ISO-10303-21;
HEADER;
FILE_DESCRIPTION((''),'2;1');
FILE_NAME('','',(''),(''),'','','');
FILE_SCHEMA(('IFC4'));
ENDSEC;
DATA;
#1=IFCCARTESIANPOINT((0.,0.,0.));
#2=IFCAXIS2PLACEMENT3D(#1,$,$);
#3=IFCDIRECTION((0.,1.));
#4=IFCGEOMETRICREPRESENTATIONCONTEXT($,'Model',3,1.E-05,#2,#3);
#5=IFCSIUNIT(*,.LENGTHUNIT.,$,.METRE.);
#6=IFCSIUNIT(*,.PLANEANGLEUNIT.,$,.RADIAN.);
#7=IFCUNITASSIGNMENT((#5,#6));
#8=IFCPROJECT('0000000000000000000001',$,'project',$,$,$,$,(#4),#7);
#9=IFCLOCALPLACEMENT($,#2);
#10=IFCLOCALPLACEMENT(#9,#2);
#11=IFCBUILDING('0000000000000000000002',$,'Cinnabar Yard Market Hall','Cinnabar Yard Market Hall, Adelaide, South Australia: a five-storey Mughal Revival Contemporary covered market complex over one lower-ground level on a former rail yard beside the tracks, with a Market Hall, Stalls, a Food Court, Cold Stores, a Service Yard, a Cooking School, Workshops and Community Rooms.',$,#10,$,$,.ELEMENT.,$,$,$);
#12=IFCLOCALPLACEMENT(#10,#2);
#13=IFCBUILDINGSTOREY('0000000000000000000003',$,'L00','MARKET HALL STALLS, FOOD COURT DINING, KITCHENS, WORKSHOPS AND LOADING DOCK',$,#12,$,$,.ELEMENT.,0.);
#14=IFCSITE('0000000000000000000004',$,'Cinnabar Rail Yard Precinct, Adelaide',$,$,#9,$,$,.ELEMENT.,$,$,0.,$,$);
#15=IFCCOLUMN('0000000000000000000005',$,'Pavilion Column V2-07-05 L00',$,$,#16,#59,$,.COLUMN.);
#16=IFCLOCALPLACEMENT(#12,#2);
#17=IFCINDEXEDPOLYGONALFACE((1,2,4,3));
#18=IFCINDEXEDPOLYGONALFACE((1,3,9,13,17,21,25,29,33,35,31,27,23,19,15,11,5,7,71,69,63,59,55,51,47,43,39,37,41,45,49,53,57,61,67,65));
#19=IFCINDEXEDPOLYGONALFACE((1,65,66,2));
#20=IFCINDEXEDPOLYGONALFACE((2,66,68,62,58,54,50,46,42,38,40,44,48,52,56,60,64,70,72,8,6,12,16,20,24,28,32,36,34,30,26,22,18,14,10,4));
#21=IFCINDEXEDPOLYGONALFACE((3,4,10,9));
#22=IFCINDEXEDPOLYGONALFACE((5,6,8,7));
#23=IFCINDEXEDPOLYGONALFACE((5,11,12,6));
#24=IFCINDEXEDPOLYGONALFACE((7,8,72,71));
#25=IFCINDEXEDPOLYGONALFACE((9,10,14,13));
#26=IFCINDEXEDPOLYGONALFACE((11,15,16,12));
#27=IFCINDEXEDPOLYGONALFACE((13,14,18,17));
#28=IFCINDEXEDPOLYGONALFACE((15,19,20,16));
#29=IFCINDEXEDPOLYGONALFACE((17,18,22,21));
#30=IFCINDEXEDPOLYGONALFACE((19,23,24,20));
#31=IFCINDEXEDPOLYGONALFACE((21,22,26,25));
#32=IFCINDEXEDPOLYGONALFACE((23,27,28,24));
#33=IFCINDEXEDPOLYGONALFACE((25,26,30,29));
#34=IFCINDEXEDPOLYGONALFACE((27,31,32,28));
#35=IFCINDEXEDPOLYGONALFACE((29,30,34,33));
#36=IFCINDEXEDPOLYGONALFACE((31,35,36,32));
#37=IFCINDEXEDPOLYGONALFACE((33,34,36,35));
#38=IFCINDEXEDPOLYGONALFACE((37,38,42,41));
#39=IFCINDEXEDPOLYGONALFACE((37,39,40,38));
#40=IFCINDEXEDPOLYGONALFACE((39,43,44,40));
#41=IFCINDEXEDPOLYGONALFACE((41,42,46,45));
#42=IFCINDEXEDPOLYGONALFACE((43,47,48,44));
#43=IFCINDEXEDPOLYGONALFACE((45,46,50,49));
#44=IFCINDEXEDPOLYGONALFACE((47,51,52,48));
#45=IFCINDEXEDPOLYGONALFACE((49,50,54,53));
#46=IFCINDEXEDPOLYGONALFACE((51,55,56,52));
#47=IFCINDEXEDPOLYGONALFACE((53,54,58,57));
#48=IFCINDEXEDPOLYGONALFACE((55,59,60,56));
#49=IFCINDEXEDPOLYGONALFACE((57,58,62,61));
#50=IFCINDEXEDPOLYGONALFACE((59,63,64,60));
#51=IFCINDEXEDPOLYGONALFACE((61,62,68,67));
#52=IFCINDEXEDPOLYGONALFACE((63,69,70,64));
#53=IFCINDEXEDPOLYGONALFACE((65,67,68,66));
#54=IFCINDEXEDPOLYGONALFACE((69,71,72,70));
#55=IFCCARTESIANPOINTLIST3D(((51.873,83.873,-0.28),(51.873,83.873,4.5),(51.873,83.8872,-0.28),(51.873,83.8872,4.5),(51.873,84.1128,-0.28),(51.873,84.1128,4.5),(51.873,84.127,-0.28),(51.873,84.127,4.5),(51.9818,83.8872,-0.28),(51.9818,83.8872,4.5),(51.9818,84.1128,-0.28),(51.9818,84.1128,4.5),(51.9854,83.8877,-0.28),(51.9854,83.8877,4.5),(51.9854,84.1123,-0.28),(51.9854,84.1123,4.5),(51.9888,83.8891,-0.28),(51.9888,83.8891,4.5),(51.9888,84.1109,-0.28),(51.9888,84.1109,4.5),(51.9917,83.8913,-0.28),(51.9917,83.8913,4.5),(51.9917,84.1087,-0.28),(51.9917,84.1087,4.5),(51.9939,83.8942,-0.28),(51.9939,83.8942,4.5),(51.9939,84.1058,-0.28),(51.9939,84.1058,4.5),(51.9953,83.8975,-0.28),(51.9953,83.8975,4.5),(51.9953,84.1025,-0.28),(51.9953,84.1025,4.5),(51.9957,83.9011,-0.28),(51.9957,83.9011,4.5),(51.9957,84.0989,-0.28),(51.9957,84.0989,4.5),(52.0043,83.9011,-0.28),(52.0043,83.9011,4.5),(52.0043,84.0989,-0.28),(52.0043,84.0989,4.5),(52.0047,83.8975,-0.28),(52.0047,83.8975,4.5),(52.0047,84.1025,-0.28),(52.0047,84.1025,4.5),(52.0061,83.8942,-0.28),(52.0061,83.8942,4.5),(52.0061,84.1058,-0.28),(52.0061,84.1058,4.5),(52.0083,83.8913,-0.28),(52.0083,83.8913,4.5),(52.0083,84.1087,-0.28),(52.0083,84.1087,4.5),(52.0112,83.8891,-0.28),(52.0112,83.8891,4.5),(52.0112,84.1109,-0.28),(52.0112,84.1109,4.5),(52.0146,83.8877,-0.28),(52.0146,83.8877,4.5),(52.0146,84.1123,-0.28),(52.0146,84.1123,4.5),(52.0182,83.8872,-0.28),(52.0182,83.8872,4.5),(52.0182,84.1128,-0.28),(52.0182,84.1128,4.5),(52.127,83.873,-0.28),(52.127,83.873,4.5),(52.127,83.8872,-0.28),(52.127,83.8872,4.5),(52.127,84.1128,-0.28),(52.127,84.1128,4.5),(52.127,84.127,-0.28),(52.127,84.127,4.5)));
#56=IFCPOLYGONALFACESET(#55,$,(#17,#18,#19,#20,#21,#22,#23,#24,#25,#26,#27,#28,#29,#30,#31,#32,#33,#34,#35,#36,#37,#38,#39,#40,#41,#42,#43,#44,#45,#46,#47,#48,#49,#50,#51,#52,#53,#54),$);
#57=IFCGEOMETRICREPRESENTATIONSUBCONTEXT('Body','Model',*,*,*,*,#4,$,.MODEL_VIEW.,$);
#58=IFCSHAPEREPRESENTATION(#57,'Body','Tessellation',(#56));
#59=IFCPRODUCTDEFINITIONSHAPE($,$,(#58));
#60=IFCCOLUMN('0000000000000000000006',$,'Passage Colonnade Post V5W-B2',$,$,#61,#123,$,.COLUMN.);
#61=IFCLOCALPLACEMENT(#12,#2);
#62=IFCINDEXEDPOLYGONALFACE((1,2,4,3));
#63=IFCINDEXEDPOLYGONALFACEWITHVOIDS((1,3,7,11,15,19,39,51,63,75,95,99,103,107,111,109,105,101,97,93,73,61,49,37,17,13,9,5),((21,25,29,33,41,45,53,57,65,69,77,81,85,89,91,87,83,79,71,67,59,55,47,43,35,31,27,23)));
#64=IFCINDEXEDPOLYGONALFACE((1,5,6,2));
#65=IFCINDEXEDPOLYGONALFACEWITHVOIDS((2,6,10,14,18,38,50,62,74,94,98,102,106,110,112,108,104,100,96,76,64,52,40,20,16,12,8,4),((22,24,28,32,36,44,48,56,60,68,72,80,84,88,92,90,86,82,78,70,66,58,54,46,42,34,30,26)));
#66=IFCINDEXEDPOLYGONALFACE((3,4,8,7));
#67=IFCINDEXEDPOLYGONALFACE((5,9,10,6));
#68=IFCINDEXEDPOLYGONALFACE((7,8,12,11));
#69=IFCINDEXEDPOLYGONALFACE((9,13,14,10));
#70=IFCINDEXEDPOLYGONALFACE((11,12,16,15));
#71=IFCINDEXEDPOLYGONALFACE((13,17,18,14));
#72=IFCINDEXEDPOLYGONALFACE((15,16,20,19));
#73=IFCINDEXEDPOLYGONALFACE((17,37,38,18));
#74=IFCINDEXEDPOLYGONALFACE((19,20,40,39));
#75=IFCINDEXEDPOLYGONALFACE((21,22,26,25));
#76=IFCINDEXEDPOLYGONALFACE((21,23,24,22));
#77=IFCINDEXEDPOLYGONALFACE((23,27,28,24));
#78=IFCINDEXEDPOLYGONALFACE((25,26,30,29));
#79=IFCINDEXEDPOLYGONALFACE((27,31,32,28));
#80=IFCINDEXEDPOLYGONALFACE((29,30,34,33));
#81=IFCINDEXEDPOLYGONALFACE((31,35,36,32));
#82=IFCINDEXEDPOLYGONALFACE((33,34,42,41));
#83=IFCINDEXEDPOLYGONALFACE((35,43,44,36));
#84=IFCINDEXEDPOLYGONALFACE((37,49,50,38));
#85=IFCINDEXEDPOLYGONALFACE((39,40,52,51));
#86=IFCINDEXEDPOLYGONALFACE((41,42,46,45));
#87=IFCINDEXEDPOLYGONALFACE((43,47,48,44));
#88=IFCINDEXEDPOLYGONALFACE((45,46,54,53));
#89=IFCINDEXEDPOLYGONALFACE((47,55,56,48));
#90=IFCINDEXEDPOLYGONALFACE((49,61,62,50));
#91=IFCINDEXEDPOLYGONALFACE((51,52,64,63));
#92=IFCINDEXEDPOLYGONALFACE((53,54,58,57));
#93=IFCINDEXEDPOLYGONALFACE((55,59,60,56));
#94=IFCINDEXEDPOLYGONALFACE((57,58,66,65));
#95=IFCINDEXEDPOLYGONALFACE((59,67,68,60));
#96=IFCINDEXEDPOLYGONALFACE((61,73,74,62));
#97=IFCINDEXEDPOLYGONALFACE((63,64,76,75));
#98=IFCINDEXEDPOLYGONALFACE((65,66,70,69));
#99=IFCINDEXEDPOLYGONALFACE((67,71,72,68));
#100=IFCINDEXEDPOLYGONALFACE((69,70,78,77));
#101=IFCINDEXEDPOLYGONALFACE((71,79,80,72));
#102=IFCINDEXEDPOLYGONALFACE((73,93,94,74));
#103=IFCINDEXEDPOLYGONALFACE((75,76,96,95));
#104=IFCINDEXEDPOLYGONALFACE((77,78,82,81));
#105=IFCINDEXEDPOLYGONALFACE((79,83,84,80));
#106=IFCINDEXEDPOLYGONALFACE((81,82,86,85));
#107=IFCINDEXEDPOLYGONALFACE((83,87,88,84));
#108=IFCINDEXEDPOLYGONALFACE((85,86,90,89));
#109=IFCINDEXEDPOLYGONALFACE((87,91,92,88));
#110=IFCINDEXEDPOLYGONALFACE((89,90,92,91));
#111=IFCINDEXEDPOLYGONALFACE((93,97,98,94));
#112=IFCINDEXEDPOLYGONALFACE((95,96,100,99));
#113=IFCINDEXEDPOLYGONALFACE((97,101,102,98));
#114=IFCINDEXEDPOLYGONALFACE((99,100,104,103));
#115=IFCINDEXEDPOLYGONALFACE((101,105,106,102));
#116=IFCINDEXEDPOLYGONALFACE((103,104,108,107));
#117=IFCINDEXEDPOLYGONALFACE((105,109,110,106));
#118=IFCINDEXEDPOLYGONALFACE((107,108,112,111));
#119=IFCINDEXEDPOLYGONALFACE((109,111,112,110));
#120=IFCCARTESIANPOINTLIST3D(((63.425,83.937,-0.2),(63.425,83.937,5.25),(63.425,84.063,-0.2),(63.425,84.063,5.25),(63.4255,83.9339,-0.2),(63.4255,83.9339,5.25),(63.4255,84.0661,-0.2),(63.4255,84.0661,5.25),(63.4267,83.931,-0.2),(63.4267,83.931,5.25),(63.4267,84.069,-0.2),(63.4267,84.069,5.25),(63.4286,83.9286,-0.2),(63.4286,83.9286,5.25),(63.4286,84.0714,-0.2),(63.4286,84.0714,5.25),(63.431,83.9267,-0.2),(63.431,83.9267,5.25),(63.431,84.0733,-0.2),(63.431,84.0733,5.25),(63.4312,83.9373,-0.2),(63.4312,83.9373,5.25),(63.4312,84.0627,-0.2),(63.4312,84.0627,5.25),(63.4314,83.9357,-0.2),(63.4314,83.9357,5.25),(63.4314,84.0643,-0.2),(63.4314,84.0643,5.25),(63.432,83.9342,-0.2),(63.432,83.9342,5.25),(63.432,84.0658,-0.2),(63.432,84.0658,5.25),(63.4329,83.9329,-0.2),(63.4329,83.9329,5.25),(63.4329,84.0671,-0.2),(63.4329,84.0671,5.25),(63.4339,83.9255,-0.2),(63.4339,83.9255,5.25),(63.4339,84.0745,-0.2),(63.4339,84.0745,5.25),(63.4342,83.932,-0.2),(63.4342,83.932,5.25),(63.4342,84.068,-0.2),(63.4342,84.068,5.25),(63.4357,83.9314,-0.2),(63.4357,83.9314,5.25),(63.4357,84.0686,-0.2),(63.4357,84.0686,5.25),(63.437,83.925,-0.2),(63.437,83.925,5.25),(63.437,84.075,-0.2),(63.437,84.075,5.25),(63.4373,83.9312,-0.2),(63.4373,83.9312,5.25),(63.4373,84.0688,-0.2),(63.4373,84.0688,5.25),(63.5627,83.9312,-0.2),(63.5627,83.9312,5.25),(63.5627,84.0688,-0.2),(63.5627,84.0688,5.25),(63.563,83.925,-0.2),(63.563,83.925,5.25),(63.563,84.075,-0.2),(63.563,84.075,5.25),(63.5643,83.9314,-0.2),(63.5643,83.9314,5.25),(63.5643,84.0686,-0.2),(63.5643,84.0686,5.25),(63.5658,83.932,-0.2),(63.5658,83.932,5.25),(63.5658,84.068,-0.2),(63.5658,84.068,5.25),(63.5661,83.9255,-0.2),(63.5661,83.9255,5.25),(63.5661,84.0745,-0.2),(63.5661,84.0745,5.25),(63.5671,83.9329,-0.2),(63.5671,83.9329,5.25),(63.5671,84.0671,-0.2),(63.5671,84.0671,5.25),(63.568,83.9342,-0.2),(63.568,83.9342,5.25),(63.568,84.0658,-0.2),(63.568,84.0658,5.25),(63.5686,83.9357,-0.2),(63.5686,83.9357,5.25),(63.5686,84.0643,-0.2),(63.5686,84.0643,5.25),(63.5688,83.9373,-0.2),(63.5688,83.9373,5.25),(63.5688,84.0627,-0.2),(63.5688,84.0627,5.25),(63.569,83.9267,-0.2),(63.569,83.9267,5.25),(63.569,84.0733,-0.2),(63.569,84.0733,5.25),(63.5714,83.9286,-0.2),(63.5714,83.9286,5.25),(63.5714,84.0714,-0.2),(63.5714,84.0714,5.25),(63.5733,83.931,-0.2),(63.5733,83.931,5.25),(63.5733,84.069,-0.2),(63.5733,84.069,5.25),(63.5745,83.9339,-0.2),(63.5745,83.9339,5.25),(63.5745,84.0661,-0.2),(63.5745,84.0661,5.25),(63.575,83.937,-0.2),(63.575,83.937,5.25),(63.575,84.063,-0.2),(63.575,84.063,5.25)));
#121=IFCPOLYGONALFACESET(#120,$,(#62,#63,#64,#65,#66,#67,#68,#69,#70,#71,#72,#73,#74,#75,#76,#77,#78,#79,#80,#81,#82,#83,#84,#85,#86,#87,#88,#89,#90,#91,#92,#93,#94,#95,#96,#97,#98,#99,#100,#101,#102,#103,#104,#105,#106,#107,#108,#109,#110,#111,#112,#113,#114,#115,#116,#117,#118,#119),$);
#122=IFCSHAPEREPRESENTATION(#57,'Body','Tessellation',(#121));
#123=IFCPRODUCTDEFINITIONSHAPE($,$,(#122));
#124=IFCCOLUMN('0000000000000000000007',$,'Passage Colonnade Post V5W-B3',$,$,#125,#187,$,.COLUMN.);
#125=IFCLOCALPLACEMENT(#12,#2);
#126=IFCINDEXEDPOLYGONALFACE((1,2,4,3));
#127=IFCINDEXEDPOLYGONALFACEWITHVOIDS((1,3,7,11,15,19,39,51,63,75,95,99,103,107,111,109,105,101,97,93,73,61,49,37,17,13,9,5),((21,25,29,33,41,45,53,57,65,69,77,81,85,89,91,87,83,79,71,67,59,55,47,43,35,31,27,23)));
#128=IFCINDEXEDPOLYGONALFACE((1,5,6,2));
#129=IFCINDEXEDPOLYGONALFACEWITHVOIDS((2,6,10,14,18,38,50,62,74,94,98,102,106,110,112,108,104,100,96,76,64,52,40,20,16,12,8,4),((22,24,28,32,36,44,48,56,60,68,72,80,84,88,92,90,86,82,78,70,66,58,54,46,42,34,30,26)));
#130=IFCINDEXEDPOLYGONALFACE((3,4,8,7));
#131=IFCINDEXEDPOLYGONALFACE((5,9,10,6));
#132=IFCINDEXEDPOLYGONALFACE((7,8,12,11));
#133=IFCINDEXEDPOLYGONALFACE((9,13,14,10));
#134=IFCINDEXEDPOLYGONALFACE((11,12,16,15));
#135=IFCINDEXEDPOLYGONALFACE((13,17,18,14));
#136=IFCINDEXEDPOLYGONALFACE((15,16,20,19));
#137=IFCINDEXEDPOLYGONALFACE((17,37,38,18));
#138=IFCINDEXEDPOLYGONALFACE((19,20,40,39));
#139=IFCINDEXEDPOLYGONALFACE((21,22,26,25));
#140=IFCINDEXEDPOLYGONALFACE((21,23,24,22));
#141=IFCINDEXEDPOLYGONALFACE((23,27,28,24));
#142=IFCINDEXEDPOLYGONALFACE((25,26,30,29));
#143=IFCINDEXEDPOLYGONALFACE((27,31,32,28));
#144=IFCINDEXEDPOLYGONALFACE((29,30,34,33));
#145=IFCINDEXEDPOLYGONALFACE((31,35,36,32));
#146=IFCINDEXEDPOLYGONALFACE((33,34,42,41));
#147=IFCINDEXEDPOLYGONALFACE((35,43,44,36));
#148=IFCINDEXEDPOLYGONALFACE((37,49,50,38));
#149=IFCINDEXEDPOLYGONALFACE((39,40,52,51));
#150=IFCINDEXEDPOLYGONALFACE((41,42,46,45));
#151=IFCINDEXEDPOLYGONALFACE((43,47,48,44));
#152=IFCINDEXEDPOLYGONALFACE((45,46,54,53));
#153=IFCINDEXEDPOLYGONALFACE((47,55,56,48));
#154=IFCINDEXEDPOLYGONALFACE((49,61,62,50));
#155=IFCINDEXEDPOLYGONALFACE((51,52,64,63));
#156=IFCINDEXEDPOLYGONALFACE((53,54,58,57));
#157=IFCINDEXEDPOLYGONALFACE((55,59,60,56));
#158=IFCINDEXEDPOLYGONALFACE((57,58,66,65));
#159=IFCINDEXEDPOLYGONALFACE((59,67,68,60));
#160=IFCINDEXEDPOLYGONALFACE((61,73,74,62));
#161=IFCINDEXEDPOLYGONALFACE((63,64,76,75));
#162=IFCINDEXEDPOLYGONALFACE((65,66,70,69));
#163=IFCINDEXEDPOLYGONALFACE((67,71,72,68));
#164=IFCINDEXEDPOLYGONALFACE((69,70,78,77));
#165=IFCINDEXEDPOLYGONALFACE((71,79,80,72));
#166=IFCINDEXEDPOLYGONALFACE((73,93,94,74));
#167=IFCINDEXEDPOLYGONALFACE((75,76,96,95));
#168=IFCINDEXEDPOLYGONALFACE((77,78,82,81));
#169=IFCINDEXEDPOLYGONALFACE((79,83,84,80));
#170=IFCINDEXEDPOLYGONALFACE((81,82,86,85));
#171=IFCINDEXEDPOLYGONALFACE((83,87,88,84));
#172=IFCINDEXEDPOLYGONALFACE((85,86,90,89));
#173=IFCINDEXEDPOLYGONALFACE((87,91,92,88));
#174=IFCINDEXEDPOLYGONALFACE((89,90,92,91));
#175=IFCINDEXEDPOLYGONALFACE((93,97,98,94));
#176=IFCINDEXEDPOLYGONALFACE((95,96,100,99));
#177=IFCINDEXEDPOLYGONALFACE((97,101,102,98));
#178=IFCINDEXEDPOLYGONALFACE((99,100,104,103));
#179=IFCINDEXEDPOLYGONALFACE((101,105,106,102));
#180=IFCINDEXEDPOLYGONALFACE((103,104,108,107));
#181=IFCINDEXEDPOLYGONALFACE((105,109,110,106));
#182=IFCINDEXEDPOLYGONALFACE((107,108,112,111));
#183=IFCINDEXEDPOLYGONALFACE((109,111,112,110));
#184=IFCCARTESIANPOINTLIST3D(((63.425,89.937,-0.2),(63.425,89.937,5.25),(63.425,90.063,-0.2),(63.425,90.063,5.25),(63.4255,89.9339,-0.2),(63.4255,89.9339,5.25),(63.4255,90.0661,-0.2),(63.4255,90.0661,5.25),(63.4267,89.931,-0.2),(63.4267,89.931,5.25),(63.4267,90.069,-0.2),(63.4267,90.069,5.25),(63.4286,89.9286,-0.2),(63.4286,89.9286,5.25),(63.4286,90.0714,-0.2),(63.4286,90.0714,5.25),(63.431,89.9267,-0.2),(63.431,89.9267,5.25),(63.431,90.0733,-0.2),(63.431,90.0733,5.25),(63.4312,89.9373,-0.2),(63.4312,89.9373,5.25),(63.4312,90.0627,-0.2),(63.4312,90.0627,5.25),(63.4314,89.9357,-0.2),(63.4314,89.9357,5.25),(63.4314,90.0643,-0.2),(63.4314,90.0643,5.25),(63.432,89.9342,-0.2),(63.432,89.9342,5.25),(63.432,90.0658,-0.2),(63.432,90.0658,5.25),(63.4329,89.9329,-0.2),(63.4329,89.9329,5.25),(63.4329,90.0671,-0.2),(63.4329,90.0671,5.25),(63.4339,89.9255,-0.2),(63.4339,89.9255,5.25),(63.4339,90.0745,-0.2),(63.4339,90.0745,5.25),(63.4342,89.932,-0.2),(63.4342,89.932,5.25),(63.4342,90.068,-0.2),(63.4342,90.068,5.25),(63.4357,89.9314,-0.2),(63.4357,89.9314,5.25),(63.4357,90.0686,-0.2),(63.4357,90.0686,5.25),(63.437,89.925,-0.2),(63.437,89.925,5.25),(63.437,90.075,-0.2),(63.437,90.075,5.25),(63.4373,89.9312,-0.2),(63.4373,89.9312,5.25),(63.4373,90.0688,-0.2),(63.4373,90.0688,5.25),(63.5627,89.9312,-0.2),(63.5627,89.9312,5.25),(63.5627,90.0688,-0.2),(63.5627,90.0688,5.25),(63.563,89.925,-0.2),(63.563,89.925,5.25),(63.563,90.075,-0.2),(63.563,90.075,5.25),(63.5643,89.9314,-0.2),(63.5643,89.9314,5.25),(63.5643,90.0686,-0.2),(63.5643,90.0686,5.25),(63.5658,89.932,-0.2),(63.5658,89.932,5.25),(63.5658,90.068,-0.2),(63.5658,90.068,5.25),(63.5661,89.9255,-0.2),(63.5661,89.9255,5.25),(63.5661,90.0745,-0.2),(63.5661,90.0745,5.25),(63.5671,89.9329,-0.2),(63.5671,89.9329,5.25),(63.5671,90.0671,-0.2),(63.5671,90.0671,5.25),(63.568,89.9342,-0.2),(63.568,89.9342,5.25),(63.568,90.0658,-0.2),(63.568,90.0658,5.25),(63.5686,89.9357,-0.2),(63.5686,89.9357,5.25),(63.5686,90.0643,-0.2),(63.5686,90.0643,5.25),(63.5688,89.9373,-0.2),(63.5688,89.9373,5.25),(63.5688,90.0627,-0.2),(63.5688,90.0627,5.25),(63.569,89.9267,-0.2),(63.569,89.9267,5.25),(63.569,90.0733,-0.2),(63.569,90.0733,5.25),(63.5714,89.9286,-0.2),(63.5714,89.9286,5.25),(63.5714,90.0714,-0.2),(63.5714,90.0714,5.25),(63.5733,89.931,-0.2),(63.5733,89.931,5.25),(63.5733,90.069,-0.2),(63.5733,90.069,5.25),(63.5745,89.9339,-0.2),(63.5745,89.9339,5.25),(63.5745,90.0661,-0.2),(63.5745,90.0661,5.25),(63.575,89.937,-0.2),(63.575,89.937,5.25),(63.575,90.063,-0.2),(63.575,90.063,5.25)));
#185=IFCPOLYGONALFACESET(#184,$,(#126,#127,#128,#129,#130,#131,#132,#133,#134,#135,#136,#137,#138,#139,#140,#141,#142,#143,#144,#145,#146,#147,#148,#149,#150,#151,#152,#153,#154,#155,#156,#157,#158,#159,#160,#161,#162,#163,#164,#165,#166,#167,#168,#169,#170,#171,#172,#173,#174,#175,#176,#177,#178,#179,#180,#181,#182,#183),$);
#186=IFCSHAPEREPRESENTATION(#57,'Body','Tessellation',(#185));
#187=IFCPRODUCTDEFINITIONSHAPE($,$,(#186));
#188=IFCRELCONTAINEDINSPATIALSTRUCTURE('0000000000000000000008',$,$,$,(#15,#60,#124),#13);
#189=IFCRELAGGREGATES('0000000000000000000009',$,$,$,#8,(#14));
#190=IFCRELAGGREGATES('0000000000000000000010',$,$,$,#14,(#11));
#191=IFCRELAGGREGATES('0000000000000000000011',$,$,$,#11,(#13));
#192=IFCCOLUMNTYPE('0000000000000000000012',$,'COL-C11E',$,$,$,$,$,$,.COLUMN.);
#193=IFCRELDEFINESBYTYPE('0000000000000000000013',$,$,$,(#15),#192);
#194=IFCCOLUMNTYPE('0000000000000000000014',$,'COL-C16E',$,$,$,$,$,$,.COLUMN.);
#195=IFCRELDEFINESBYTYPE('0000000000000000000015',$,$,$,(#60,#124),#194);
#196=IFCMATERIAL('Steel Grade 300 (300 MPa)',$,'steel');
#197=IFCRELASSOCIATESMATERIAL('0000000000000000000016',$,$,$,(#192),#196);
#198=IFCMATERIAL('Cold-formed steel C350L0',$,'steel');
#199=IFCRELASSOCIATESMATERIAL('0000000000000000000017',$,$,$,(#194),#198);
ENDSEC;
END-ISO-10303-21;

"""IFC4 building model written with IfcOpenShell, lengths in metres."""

from ifc_helpers import new_model, si_unit, direction, frame, origin, origin_2d_with_axis, place, context, subcontext, project, spatial, hollow_rectangle, i_section, extrude, material, material_profile, profile_set, type_object, element, save


model = new_model("IFC4")

# Units and contexts
model_context = context("Model", 3, precision=1e-05, world=origin(), true_north=direction((0.0, 1.0)))
body_context = subcontext(model_context, "Body", "Model", "MODEL_VIEW")
ifc_project = project(units=[si_unit("LENGTHUNIT", "METRE"), si_unit("PLANEANGLEUNIT", "RADIAN")], contexts=[model_context])

# Site, building, storey
site_placement = place(None, origin())
site = spatial("IfcSite", under=ifc_project, at=site_placement, Name="Cinnabar Rail Yard Precinct, Adelaide", CompositionType="ELEMENT", RefElevation=0.0)
building_placement = place(site_placement, origin())
building = spatial("IfcBuilding", under=site, at=building_placement, Name="Cinnabar Yard Market Hall", Description="Cinnabar Yard Market Hall, Adelaide, South Australia: a five-storey Mughal Revival Contemporary covered market complex over one lower-ground level on a former rail yard beside the tracks, with a Market Hall, Stalls, a Food Court, Cold Stores, a Service Yard, a Cooking School, Workshops and Community Rooms.", CompositionType="ELEMENT")
storey_placement = place(building_placement, origin())
storey = spatial("IfcBuildingStorey", under=building, at=storey_placement, Name="L00", Description="MARKET HALL STALLS, FOOD COURT DINING, KITCHENS, WORKSHOPS AND LOADING DOCK", CompositionType="ELEMENT", Elevation=0.0)

# Columns
ifc_material_1 = material(Name="Steel Grade 300 (300 MPa)", Category="steel")
ifc_material_profile_1 = material_profile(ifc_material_1, i_section(OverallWidth=0.2539, OverallDepth=0.2539, WebThickness=0.0085, FlangeThickness=0.0142, FilletRadius=0.0139, at=origin_2d_with_axis()), Name="250UC72.9")
ifc_profile_set_1 = profile_set([ifc_material_profile_1], Name="Steel Grade 300 (300 MPa)")
column_type_1 = type_object("IfcColumnType", Name="COL-C11E", PredefinedType="COLUMN", material=ifc_profile_set_1)
column_placement = place(storey_placement, frame((52.0, 84.0, -0.28), z_axis=(0.0, 0.0, 1.0), x_axis=(1.0, 0.0, 0.0)))
element("IfcColumn", 1, at=column_placement, inside=storey, type_object=column_type_1, Name="Pavilion Column V2-07-05 L00", PredefinedType="COLUMN", context=body_context, shape_type="SweptSolid", body=[
    extrude(i_section(OverallWidth=0.2539, OverallDepth=0.2539, WebThickness=0.0085, FlangeThickness=0.0142, FilletRadius=0.0139, at=origin_2d_with_axis()), origin(), (0.0, 0.0, 1.0), 4.78),
])
ifc_material_2 = material(Name="Cold-formed steel C350L0", Category="steel")
ifc_material_profile_2 = material_profile(ifc_material_2, hollow_rectangle(XDim=0.1499, YDim=0.1499, WallThickness=0.0061, InnerFilletRadius=0.0061, OuterFilletRadius=0.012, at=origin_2d_with_axis()), Name="150x150x6.0SHS")
ifc_profile_set_2 = profile_set([ifc_material_profile_2], Name="Cold-formed steel C350L0")
column_type_2 = type_object("IfcColumnType", Name="COL-C16E", PredefinedType="COLUMN", material=ifc_profile_set_2)
for number, where, z_axis, x_axis, name in (
    (2, (63.5, 84.0, -0.2), (0.0, 0.0, 1.0), (1.0, 0.0, 0.0), "Passage Colonnade Post V5W-B2"),
    (3, (63.5, 90.0, -0.2), (0.0, 0.0, 1.0), (1.0, 0.0, 0.0), "Passage Colonnade Post V5W-B3"),
):
    element("IfcColumn", number, at=place(storey_placement, frame(where, z_axis=z_axis, x_axis=x_axis)), inside=storey, type_object=column_type_2, Name=name, PredefinedType="COLUMN", context=body_context, shape_type="SweptSolid", body=[
        extrude(hollow_rectangle(XDim=0.1499, YDim=0.1499, WallThickness=0.0061, InnerFilletRadius=0.0061, OuterFilletRadius=0.012, at=origin_2d_with_axis()), origin(), (0.0, 0.0, 1.0), 5.45),
    ])

save(model, "model.ifc")
